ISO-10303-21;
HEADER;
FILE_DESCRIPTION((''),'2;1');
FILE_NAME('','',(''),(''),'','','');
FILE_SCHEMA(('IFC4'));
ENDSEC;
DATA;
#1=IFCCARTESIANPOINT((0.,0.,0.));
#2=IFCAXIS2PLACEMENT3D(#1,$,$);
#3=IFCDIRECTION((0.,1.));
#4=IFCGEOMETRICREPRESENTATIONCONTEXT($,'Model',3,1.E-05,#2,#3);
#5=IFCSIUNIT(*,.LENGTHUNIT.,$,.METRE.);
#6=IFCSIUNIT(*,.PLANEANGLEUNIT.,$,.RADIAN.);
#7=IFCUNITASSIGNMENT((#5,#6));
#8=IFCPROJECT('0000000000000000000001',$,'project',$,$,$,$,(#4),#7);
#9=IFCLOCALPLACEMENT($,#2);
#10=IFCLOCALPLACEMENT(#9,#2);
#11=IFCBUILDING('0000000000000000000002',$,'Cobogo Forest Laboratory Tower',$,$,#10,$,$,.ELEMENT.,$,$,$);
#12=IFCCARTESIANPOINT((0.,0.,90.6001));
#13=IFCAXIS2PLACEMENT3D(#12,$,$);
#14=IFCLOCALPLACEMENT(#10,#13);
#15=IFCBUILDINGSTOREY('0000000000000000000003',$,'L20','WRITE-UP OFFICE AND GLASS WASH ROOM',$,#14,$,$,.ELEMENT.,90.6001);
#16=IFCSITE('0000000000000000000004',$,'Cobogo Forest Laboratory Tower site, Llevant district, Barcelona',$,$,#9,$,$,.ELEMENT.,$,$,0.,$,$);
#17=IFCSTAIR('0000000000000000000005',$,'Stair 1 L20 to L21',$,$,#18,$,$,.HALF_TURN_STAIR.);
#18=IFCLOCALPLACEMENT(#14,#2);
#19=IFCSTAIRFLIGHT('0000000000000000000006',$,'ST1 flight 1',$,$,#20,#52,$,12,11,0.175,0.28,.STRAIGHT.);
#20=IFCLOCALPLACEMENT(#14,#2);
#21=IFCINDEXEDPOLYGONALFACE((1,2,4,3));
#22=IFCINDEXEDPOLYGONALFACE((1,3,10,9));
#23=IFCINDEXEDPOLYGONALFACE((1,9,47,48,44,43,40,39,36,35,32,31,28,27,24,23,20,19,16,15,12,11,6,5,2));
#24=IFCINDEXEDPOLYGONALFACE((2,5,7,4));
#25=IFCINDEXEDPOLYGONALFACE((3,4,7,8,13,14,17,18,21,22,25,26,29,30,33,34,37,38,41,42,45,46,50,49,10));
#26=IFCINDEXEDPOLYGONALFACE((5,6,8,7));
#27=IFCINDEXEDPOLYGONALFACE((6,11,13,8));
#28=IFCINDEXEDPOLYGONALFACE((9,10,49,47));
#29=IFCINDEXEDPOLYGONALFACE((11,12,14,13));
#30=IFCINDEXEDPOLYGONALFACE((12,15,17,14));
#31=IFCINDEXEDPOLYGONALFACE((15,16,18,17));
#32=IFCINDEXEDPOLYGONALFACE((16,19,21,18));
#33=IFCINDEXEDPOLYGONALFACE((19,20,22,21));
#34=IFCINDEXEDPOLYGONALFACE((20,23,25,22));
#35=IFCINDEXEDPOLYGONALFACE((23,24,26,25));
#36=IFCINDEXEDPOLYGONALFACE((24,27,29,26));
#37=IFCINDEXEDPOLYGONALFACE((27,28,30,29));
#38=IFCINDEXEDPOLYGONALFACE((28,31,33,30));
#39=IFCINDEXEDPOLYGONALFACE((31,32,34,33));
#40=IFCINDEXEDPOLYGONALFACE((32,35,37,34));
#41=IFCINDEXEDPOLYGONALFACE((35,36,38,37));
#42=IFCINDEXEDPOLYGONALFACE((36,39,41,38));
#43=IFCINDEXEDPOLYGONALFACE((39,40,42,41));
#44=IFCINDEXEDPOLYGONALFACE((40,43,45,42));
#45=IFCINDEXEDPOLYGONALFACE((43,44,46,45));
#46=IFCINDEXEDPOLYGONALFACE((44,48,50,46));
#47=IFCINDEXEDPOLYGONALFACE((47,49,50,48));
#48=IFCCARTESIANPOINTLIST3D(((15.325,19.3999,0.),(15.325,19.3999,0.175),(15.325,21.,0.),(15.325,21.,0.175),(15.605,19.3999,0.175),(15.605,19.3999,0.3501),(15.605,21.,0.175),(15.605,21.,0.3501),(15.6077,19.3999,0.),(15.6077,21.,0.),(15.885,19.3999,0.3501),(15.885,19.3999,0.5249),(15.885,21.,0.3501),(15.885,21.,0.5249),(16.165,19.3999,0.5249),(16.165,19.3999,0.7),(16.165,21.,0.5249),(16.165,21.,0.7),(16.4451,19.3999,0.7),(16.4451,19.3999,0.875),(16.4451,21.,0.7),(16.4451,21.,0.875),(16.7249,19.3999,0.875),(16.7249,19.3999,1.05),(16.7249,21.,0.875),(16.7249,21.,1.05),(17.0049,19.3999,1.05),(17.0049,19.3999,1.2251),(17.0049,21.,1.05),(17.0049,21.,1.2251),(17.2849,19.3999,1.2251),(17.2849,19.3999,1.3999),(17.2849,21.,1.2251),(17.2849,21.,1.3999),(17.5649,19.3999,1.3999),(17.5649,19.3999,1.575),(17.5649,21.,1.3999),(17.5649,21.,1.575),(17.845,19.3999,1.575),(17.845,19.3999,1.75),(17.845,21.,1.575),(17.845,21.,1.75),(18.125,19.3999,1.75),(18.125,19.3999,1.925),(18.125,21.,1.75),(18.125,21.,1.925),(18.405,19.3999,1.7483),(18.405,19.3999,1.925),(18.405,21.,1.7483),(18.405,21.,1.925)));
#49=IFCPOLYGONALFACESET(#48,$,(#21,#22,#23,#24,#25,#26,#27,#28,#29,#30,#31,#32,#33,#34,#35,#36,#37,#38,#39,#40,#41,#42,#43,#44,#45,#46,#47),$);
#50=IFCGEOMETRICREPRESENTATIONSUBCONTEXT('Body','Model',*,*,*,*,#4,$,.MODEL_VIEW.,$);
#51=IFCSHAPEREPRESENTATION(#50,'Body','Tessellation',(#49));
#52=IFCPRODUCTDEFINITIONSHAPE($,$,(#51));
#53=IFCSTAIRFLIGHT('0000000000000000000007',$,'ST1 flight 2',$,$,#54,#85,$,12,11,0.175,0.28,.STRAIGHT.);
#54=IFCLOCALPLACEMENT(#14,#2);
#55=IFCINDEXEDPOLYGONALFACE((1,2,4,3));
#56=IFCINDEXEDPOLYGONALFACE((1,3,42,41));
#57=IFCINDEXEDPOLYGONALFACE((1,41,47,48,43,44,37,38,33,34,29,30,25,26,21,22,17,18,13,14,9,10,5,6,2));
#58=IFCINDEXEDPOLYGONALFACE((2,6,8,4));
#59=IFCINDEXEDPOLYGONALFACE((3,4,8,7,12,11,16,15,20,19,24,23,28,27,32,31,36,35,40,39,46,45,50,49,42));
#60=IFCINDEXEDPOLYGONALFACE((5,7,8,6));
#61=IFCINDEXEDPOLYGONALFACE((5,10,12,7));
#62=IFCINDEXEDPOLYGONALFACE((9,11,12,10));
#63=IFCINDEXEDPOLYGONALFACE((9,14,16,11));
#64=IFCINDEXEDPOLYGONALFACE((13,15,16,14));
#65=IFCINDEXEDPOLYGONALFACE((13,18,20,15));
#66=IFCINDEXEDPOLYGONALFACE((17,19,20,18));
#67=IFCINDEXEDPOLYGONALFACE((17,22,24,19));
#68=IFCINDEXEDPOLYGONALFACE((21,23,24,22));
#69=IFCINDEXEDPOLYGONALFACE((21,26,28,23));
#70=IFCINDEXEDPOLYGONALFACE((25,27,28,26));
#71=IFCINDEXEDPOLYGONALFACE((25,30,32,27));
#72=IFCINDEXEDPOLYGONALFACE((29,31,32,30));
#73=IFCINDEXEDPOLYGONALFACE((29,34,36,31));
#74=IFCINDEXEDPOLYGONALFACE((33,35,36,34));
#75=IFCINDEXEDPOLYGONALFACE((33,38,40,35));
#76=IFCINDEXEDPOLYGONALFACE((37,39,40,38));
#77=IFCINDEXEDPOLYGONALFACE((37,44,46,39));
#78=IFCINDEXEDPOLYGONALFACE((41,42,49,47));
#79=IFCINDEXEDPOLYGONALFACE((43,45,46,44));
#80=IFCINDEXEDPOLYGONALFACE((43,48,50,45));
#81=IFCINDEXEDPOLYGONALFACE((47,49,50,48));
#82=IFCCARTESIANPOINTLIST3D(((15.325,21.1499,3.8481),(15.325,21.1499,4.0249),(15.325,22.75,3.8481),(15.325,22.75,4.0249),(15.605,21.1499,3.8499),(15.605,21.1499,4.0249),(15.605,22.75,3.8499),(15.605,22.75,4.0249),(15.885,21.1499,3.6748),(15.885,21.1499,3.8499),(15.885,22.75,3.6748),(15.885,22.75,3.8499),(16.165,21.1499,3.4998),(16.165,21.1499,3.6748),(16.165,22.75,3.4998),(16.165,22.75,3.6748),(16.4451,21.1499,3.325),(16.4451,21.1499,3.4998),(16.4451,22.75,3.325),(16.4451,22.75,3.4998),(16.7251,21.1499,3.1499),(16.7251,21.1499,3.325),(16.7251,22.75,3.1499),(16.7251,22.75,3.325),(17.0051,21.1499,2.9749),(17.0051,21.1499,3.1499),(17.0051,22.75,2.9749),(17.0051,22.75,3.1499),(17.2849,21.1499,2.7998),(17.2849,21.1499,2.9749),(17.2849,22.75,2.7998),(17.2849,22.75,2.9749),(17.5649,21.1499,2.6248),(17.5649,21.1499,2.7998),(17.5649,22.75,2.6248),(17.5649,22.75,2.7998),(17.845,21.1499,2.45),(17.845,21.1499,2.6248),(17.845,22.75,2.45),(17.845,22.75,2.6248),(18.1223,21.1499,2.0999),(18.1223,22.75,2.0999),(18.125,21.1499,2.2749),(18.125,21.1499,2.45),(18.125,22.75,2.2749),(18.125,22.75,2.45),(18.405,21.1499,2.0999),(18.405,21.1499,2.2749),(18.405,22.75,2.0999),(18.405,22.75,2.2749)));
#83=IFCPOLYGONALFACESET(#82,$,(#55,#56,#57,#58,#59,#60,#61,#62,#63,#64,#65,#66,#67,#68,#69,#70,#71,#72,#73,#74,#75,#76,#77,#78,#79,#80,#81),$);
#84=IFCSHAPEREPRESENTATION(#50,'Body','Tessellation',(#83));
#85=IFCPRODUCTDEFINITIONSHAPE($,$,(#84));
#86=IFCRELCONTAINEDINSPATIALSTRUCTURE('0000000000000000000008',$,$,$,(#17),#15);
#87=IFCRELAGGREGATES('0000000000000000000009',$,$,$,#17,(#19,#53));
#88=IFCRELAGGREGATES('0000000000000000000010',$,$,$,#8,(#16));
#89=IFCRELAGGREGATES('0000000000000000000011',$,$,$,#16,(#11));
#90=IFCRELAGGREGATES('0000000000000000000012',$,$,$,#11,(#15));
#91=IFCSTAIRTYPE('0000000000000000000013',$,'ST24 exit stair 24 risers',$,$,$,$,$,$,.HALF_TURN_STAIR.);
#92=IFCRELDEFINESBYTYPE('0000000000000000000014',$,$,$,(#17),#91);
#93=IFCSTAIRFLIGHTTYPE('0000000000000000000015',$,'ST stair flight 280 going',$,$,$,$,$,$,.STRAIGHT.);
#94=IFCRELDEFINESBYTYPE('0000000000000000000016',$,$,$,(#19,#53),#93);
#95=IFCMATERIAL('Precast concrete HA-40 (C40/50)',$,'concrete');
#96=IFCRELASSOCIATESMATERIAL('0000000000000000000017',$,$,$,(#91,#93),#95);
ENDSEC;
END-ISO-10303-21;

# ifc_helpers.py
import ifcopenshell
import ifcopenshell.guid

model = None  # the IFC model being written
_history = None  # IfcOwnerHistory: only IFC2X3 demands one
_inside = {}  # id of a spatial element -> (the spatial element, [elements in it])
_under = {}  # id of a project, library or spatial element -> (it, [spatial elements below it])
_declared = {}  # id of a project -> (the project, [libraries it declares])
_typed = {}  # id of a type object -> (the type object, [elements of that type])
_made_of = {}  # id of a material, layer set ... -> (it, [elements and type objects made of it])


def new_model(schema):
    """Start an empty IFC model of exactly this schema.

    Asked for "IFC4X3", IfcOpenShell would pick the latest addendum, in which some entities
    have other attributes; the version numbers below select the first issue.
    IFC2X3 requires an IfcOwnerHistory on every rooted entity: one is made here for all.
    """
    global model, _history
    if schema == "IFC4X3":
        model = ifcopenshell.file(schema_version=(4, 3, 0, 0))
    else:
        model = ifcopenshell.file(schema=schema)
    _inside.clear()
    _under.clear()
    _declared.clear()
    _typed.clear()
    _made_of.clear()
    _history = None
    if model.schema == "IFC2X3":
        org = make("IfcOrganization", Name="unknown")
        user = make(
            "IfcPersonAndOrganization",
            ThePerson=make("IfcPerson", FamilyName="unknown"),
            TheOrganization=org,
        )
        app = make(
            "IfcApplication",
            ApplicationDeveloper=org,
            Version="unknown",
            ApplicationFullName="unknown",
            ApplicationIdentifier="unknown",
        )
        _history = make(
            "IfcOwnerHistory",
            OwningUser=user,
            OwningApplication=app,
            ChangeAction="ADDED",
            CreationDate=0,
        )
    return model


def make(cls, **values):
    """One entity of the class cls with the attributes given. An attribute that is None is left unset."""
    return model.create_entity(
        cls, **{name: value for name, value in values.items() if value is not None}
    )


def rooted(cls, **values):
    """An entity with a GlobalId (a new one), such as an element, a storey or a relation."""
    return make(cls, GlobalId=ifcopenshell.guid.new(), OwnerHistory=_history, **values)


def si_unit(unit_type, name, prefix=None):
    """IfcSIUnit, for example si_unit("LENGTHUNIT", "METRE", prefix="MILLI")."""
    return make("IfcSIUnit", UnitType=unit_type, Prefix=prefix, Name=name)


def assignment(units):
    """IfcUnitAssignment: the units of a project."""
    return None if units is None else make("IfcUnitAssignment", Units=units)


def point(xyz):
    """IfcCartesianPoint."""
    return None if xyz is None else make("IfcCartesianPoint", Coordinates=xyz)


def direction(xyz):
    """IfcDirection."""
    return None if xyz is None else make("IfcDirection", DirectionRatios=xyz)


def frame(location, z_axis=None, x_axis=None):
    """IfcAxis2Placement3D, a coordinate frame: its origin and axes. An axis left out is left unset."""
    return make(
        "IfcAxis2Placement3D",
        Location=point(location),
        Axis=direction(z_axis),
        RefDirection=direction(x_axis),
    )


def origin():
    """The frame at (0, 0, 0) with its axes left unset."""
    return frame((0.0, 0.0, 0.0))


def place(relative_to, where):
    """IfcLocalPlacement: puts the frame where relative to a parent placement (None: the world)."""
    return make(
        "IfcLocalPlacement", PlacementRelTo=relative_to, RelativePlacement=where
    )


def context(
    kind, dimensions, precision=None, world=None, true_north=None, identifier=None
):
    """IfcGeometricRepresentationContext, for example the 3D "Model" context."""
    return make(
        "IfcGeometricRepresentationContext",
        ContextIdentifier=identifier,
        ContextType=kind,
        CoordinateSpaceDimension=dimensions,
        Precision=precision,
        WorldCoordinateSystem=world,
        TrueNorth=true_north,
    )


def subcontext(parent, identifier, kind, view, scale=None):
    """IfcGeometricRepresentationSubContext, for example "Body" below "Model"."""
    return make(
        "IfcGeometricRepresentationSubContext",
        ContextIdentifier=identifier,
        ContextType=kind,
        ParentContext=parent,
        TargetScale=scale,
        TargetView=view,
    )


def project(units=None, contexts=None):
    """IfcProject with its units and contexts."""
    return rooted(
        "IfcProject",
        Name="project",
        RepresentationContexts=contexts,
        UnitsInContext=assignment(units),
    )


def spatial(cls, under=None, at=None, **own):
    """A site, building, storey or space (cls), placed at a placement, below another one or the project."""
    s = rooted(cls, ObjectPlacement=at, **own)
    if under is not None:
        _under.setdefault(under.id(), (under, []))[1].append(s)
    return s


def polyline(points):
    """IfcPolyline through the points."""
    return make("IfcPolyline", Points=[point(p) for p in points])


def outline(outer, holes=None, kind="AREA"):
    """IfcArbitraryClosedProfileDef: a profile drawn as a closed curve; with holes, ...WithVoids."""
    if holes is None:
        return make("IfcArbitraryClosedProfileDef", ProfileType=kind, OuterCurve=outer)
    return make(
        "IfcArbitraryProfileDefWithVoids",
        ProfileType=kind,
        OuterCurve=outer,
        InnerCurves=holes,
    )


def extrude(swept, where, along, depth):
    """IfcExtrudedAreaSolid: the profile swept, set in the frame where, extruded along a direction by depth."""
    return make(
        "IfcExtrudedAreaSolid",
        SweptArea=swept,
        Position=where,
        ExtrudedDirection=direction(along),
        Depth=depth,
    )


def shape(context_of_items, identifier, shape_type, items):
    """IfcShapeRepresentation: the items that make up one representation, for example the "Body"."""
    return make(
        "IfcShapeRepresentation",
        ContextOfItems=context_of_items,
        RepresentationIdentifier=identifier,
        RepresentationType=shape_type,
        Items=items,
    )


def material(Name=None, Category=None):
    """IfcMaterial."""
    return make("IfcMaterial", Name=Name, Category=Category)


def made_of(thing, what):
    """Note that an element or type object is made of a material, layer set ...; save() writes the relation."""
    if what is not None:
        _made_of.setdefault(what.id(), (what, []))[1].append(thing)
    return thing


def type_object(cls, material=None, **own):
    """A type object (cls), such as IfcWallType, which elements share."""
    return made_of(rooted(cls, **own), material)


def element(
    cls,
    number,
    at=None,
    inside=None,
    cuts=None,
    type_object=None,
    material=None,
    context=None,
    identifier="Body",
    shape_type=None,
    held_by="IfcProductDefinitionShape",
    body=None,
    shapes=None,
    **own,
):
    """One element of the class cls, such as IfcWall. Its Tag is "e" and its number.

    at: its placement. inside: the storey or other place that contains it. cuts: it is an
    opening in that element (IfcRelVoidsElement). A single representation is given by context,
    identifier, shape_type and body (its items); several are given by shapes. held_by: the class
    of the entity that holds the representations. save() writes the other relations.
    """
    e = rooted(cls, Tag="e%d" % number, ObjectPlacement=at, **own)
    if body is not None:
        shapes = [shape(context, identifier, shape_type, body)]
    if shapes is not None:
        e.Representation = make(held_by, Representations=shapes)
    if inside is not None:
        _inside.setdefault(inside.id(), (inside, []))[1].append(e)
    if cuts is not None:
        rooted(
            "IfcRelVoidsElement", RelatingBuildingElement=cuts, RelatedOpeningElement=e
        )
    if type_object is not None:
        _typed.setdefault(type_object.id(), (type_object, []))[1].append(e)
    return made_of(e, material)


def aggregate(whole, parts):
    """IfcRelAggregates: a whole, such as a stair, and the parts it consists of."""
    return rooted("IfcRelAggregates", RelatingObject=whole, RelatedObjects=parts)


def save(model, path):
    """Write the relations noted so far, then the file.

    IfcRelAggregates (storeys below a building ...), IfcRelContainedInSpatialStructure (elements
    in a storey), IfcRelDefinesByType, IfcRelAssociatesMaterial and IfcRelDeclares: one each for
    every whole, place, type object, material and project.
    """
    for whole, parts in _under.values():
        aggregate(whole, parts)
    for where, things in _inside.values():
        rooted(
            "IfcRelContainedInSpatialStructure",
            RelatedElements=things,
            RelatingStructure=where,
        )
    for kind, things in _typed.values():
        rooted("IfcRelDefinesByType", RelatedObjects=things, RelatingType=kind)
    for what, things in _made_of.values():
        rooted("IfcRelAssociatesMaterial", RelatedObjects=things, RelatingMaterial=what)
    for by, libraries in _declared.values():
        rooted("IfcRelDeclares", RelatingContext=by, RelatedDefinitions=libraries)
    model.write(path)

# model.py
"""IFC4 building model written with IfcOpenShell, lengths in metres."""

from ifc_helpers import new_model, si_unit, direction, frame, origin, place, context, subcontext, project, spatial, polyline, outline, extrude, material, type_object, element, aggregate, save


model = new_model("IFC4")

# Units and contexts
model_context = context("Model", 3, precision=1e-05, world=origin(), true_north=direction((0.0, 1.0)))
body_context = subcontext(model_context, "Body", "Model", "MODEL_VIEW")
ifc_project = project(units=[si_unit("LENGTHUNIT", "METRE"), si_unit("PLANEANGLEUNIT", "RADIAN")], contexts=[model_context])

# Site, building, storey
site_placement = place(None, origin())
site = spatial("IfcSite", under=ifc_project, at=site_placement, Name="Cobogo Forest Laboratory Tower site, Llevant district, Barcelona", CompositionType="ELEMENT", RefElevation=0.0)
building_placement = place(site_placement, origin())
building = spatial("IfcBuilding", under=site, at=building_placement, Name="Cobogo Forest Laboratory Tower", CompositionType="ELEMENT")
storey_placement = place(building_placement, frame((0.0, 0.0, 90.6001)))
storey = spatial("IfcBuildingStorey", under=building, at=storey_placement, Name="L20", Description="WRITE-UP OFFICE AND GLASS WASH ROOM", CompositionType="ELEMENT", Elevation=90.6001)

# Stair, stair flights
ifc_material_1 = material(Name="Precast concrete HA-40 (C40/50)", Category="concrete")
stair_type = type_object("IfcStairType", Name="ST24 exit stair 24 risers", PredefinedType="HALF_TURN_STAIR", material=ifc_material_1)
stair_placement = place(storey_placement, origin())
stair = element("IfcStair", 1, at=stair_placement, inside=storey, type_object=stair_type, Name="Stair 1 L20 to L21", PredefinedType="HALF_TURN_STAIR")
stair_flight_type = type_object("IfcStairFlightType", Name="ST stair flight 280 going", PredefinedType="STRAIGHT", material=ifc_material_1)
stair_flight_1_placement = place(storey_placement, frame((15.325, 20.2, 0.0), z_axis=(0.0, 0.0, 1.0), x_axis=(1.0, 0.0, 0.0)))
stair_flight_1 = element("IfcStairFlight", 2, at=stair_flight_1_placement, type_object=stair_flight_type, Name="ST1 flight 1", NumberOfRisers=12, NumberOfTreads=11, PredefinedType="STRAIGHT", RiserHeight=0.175, TreadLength=0.28, context=body_context, shape_type="SweptSolid", body=[
    extrude(outline(polyline([(0.0, 0.0), (0.0, 0.175), (0.28, 0.175), (0.28, 0.3501), (0.5601, 0.3501), (0.5601, 0.5249), (0.8401, 0.5249), (0.8401, 0.7), (1.1201, 0.7), (1.1201, 0.875), (1.3999, 0.875), (1.3999, 1.05), (1.6799, 1.05), (1.6799, 1.2251), (1.96, 1.2251), (1.96, 1.3999), (2.24, 1.3999), (2.24, 1.575), (2.52, 1.575), (2.52, 1.75), (2.8, 1.75), (2.8, 1.925), (3.0801, 1.925), (3.0801, 2.1001), (3.0801, 1.7483), (0.2827, 0.0), (0.0, 0.0)])), frame((0.0, 0.8, 0.0), z_axis=(0.0, -1.0, 0.0), x_axis=(1.0, 0.0, 0.0)), (0.0, 0.0, 1.0), 1.6001),
])
stair_flight_2_placement = place(storey_placement, frame((18.405, 21.95, 2.0999), z_axis=(0.0, 0.0, 1.0), x_axis=(-1.0, 0.0, 0.0)))
stair_flight_2 = element("IfcStairFlight", 3, at=stair_flight_2_placement, type_object=stair_flight_type, Name="ST1 flight 2", NumberOfRisers=12, NumberOfTreads=11, PredefinedType="STRAIGHT", RiserHeight=0.175, TreadLength=0.28, context=body_context, shape_type="SweptSolid", body=[
    extrude(outline(polyline([(0.0, 0.0), (0.0, 0.175), (0.28, 0.175), (0.28, 0.3501), (0.5601, 0.3501), (0.5601, 0.5249), (0.8401, 0.5249), (0.8401, 0.7), (1.1201, 0.7), (1.1201, 0.875), (1.3999, 0.875), (1.3999, 1.05), (1.6799, 1.05), (1.6799, 1.2251), (1.96, 1.2251), (1.96, 1.3999), (2.24, 1.3999), (2.24, 1.575), (2.52, 1.575), (2.52, 1.75), (2.8, 1.75), (2.8, 1.925), (3.0801, 1.925), (3.0801, 2.1001), (3.0801, 1.7483), (0.2827, 0.0), (0.0, 0.0)])), frame((0.0, 0.8, 0.0), z_axis=(0.0, -1.0, 0.0), x_axis=(1.0, 0.0, 0.0)), (0.0, 0.0, 1.0), 1.6001),
])
aggregate(stair, [stair_flight_1, stair_flight_2])

save(model, "model.ifc")
